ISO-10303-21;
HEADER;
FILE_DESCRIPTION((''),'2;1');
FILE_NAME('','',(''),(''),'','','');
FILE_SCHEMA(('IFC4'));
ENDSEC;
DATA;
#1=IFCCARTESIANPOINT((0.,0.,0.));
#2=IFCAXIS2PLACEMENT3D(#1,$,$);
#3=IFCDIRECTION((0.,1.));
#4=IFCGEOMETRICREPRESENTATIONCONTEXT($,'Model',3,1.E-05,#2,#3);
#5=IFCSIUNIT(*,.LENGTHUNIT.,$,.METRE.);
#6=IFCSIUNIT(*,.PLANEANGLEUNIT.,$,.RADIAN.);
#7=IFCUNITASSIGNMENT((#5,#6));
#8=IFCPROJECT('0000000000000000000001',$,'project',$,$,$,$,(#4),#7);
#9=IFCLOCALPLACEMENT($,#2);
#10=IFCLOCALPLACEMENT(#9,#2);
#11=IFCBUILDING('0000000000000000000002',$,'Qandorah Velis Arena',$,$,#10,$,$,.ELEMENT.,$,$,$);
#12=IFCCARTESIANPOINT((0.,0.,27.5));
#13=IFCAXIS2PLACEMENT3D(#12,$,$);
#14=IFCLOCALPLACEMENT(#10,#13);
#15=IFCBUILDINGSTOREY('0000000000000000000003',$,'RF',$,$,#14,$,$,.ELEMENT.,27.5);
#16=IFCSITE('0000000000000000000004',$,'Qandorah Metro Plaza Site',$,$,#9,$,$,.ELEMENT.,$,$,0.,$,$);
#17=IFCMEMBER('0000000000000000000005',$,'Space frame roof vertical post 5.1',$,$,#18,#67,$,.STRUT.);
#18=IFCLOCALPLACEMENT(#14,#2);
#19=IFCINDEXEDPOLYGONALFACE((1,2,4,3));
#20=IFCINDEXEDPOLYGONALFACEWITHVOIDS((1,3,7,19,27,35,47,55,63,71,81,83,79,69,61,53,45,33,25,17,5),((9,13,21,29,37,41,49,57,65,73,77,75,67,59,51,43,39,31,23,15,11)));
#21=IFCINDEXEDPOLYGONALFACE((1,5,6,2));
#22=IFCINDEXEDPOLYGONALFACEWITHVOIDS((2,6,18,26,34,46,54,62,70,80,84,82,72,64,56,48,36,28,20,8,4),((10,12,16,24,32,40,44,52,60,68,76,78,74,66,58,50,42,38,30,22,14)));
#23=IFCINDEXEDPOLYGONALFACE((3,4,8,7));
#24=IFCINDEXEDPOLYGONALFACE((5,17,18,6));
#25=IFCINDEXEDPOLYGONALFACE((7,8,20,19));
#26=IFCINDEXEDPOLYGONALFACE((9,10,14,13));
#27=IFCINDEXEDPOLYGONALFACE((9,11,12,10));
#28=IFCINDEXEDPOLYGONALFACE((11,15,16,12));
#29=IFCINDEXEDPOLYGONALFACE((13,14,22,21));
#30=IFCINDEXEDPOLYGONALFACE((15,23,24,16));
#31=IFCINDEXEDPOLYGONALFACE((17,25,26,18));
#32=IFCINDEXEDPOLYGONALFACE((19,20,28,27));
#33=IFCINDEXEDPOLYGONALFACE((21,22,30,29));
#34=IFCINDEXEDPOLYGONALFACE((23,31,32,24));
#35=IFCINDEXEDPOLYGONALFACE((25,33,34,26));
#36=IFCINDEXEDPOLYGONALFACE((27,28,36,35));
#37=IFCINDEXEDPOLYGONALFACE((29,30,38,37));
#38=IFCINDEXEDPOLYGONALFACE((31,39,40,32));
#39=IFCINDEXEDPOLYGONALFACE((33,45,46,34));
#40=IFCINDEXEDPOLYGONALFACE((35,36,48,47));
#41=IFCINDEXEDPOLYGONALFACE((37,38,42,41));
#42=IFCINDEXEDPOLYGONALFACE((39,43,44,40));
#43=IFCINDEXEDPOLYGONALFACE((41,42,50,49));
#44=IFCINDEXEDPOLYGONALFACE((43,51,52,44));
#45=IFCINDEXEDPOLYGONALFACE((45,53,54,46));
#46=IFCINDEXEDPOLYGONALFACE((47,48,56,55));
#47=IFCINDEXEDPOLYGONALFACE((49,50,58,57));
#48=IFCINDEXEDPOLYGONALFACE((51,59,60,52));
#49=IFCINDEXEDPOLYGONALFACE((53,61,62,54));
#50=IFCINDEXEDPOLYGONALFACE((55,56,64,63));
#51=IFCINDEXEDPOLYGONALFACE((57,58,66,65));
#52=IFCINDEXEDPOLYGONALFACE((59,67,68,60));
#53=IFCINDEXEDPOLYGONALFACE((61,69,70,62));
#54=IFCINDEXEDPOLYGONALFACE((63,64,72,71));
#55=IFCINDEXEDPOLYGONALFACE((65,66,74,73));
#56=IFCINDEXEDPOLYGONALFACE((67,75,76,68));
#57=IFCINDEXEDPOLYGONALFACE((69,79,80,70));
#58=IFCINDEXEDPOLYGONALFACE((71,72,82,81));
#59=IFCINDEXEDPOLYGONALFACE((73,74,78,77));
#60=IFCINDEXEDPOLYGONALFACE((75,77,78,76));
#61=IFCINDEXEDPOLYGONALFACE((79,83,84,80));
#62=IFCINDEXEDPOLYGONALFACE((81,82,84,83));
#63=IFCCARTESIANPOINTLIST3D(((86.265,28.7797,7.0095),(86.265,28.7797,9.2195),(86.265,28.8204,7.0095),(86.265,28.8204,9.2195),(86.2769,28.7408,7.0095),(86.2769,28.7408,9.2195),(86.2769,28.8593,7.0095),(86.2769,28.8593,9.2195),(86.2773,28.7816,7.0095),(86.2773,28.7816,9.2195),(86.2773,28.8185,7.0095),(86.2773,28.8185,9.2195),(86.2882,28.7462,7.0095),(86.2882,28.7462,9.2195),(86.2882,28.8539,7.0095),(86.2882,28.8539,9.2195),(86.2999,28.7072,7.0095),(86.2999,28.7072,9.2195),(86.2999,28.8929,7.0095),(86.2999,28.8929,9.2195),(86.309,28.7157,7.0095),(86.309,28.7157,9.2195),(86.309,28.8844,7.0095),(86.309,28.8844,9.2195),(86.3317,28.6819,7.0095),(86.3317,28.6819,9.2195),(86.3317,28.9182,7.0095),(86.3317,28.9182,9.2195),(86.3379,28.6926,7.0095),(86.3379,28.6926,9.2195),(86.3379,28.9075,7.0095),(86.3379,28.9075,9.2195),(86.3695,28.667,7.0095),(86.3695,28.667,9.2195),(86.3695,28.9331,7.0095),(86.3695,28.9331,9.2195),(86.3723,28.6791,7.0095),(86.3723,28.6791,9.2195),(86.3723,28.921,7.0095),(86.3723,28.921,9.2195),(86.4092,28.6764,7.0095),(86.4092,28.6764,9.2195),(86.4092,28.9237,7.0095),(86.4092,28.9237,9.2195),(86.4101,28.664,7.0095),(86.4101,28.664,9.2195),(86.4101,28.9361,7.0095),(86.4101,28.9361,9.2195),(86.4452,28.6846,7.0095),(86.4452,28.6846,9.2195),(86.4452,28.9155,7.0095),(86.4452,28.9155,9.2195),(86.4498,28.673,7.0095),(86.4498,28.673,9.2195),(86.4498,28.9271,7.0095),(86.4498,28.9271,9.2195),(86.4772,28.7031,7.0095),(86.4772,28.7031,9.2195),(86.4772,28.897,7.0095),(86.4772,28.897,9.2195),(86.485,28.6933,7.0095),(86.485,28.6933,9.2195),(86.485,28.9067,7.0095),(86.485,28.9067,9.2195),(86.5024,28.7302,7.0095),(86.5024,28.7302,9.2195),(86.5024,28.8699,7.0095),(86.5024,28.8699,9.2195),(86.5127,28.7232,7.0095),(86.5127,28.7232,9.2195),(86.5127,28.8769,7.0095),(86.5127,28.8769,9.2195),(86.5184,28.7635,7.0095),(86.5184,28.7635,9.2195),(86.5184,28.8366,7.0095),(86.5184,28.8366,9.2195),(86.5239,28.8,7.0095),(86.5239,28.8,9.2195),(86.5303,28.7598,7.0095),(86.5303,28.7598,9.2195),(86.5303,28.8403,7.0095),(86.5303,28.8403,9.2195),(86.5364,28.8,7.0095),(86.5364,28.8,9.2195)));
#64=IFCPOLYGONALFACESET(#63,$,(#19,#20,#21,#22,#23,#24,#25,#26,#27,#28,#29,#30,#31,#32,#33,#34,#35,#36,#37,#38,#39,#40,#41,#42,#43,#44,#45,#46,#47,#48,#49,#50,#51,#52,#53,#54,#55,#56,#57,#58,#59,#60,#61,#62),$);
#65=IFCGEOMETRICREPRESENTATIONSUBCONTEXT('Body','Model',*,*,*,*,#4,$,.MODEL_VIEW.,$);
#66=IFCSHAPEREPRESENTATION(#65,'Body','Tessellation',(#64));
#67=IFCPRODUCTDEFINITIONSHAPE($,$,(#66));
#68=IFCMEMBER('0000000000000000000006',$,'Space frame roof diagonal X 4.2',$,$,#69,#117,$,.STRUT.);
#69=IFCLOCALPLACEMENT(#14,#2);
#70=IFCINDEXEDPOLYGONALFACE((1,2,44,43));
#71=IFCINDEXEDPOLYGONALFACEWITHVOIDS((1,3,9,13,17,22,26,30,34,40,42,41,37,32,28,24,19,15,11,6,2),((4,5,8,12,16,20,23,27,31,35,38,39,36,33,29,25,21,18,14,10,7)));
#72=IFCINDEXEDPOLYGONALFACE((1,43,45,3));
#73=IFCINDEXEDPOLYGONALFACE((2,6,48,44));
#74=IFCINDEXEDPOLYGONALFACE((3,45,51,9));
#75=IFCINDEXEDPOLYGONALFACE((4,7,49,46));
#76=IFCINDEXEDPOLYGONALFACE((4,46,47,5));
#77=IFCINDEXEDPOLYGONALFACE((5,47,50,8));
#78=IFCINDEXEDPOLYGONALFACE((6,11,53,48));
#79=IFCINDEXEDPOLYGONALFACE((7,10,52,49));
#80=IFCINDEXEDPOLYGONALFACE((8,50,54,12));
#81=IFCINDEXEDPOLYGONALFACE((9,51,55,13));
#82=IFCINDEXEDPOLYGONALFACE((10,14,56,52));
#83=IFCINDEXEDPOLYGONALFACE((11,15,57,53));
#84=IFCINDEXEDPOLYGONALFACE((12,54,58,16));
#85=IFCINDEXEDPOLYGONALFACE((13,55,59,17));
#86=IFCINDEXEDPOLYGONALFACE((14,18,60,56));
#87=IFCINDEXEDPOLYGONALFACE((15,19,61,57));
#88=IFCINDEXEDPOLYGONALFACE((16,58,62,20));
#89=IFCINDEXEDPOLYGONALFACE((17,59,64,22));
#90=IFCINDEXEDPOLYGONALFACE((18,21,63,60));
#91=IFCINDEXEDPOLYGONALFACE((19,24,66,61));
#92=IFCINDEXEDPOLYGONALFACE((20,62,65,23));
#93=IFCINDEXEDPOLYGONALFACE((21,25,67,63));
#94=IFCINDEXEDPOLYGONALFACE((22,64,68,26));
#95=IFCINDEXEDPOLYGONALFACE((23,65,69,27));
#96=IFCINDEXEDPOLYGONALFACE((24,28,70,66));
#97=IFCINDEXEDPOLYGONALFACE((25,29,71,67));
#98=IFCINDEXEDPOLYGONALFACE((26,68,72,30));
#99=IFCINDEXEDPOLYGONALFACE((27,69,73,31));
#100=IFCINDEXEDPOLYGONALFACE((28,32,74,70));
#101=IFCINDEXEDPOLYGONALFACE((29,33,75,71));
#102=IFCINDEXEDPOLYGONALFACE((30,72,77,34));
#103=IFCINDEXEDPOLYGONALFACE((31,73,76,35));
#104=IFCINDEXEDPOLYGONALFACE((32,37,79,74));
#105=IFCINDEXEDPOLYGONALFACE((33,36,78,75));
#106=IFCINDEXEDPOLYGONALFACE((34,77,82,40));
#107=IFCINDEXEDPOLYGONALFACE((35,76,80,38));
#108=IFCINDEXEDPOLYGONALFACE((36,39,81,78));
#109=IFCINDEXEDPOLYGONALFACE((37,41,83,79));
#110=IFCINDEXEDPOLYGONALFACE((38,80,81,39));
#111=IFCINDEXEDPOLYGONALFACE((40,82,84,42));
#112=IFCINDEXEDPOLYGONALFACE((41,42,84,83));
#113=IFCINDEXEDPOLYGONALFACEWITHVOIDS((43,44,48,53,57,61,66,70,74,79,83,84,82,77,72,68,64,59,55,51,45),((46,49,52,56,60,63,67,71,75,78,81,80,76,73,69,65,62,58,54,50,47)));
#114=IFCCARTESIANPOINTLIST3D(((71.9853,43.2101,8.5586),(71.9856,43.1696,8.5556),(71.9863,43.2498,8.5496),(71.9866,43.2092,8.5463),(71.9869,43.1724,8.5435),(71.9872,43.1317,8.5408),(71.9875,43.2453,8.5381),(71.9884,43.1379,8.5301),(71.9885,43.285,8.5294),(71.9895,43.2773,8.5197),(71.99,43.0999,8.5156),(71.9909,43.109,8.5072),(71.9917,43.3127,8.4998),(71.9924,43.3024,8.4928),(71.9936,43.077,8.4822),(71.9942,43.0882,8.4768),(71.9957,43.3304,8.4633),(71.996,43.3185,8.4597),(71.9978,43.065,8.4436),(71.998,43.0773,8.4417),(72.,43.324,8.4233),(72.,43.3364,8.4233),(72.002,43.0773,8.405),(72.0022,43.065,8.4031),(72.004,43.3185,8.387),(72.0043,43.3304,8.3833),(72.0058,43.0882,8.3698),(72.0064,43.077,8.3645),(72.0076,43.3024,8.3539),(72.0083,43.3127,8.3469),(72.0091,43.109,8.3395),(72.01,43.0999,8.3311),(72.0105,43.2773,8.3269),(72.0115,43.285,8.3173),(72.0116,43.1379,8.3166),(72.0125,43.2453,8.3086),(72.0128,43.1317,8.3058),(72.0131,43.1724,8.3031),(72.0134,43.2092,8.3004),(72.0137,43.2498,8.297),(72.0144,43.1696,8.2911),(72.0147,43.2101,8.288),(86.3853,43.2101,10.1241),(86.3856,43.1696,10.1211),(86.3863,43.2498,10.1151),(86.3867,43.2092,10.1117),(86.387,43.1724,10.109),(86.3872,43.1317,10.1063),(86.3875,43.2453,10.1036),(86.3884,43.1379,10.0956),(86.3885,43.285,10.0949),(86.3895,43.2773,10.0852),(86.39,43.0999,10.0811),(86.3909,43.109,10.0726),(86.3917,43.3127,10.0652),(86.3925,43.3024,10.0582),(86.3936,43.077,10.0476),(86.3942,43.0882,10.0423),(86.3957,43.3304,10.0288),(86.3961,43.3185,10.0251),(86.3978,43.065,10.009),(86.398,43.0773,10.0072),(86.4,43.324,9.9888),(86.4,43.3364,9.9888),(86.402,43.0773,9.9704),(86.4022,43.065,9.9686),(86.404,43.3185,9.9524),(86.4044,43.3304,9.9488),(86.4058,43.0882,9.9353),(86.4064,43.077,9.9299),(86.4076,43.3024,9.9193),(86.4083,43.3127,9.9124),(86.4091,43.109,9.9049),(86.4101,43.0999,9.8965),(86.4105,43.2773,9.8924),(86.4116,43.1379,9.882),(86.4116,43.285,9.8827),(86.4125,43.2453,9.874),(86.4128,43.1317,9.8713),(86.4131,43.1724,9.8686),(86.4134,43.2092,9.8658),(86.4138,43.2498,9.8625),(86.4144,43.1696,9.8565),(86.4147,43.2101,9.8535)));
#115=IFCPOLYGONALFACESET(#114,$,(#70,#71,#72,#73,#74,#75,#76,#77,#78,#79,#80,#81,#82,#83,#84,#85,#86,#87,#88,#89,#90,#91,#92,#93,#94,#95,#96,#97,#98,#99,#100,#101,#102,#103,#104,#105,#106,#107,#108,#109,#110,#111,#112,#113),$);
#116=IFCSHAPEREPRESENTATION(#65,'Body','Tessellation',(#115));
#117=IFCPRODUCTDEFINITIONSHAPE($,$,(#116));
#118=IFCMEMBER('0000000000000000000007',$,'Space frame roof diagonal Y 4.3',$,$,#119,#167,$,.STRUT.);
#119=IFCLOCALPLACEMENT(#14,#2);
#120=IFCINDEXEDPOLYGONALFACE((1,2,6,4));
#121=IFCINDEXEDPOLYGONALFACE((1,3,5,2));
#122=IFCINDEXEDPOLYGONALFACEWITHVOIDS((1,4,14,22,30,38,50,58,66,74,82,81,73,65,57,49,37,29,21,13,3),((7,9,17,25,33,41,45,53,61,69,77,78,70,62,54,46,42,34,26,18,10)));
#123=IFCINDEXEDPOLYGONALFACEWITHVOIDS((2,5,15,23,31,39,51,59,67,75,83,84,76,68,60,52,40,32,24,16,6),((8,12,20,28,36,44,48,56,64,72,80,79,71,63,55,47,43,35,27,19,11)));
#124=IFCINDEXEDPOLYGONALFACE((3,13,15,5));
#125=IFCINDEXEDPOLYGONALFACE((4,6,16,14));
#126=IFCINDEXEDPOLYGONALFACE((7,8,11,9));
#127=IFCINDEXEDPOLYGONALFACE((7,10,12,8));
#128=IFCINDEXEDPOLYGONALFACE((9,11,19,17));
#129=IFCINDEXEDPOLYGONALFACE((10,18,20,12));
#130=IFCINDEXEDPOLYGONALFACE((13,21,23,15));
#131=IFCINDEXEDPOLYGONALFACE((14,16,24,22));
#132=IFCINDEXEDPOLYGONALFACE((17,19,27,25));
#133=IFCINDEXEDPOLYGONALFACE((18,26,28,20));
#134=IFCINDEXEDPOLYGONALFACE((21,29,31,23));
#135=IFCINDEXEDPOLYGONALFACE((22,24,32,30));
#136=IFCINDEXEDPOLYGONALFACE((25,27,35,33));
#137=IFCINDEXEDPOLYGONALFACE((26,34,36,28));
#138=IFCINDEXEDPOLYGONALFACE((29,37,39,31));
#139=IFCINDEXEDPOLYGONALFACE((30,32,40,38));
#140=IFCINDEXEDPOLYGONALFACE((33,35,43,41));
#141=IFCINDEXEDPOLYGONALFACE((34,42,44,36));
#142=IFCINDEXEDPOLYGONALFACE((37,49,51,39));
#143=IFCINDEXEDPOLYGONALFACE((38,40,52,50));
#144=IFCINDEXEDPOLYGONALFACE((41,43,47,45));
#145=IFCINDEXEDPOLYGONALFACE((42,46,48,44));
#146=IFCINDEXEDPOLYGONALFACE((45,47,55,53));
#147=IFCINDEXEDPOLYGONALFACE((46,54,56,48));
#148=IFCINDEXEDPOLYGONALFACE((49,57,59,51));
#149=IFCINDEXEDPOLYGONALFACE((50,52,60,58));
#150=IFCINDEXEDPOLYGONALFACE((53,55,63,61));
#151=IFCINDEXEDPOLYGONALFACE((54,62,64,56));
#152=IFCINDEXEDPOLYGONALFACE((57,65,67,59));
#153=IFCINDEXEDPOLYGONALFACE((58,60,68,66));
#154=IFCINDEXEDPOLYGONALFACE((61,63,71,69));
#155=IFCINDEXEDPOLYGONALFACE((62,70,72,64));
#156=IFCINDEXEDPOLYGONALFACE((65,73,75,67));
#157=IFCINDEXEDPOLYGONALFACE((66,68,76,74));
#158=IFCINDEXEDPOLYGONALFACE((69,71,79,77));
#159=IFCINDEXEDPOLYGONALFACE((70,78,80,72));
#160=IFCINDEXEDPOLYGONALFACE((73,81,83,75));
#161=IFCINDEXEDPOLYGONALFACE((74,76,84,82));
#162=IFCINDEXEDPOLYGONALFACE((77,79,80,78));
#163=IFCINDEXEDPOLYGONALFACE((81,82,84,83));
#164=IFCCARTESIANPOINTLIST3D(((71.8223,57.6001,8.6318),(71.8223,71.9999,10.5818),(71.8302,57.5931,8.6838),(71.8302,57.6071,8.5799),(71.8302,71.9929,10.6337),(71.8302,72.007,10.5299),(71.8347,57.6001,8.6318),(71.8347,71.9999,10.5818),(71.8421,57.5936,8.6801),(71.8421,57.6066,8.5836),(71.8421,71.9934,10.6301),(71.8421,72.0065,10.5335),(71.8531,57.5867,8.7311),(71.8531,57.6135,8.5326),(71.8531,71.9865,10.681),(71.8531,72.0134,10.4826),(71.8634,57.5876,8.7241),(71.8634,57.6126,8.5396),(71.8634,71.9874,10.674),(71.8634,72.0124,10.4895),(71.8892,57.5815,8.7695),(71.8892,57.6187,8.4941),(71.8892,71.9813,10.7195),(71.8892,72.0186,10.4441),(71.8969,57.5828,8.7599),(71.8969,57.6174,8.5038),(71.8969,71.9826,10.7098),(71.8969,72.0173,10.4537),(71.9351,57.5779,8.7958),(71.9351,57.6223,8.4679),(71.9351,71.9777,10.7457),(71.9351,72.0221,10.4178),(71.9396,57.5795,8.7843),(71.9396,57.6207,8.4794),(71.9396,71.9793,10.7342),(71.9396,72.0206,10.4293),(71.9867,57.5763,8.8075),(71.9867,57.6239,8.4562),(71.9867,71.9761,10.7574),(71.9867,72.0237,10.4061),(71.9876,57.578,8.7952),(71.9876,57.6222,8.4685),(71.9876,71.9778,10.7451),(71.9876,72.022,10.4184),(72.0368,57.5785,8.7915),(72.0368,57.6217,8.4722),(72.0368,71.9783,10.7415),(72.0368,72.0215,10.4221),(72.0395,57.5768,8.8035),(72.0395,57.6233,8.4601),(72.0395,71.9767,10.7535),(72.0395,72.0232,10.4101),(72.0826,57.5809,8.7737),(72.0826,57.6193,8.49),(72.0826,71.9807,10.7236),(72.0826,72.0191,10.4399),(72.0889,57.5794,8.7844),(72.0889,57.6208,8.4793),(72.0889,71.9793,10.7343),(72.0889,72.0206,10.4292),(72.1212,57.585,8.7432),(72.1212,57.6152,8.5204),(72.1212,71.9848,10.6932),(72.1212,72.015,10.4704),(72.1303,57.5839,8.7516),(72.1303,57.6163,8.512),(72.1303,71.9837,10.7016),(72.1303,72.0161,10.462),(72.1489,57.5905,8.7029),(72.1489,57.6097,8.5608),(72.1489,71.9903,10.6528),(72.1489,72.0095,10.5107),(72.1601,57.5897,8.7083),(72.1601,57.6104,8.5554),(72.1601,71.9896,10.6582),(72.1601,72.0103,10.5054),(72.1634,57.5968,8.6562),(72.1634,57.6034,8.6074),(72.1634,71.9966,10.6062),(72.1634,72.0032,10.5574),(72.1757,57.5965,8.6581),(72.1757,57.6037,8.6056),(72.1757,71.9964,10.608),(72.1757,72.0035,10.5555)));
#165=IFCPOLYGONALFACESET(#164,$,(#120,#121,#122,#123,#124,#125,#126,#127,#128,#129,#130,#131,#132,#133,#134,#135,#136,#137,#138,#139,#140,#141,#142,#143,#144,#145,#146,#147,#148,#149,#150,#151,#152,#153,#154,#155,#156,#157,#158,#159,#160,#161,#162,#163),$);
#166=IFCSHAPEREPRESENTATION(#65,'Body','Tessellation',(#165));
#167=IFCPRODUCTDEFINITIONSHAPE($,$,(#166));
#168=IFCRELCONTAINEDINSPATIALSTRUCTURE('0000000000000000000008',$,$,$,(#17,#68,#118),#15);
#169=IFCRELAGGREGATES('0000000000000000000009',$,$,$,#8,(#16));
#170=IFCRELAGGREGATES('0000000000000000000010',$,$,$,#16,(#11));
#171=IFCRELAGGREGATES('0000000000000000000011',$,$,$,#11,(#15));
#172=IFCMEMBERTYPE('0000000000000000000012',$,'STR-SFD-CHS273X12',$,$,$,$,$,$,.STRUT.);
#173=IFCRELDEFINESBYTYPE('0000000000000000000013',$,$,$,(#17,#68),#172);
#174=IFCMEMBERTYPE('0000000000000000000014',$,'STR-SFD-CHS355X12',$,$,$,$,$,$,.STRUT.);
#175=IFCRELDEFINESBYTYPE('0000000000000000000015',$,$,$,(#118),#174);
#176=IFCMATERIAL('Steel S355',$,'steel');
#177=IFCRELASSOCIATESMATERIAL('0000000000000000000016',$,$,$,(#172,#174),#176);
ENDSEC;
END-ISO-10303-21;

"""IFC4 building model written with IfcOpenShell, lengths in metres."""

from ifc_helpers import new_model, si_unit, direction, frame, origin, origin_2d, place, context, subcontext, project, spatial, hollow_circle, extrude, material, material_profile, profile_set, type_object, element, save


model = new_model("IFC4")

# Units and contexts
model_context = context("Model", 3, precision=1e-05, world=origin(), true_north=direction((0.0, 1.0)))
body_context = subcontext(model_context, "Body", "Model", "MODEL_VIEW")
ifc_project = project(units=[si_unit("LENGTHUNIT", "METRE"), si_unit("PLANEANGLEUNIT", "RADIAN")], contexts=[model_context])

# Site, building, storey
site_placement = place(None, origin())
site = spatial("IfcSite", under=ifc_project, at=site_placement, Name="Qandorah Metro Plaza Site", CompositionType="ELEMENT", RefElevation=0.0)
building_placement = place(site_placement, origin())
building = spatial("IfcBuilding", under=site, at=building_placement, Name="Qandorah Velis Arena", CompositionType="ELEMENT")
storey_placement = place(building_placement, frame((0.0, 0.0, 27.5)))
storey = spatial("IfcBuildingStorey", under=building, at=storey_placement, Name="RF", CompositionType="ELEMENT", Elevation=27.5)

# Shared definitions
ifc_material_1 = material(Name="Steel S355", Category="steel")

# Members
ifc_material_profile_1 = material_profile(ifc_material_1, hollow_circle(Radius=0.1365, WallThickness=0.0125, at=origin_2d()), Name="CHS 273x12.5")
ifc_profile_set_1 = profile_set([ifc_material_profile_1], Name="Steel S355")
member_type_1 = type_object("IfcMemberType", Name="STR-SFD-CHS273X12", PredefinedType="STRUT", material=ifc_profile_set_1)
for number, where, z_axis, x_axis, name in (
    (1, (86.3999, 28.8, 7.0095), (0.0, 0.0, 1.0), (1.0, 0.0, 0.0), "Space frame roof vertical post 5.1"),
):
    element("IfcMember", number, at=place(storey_placement, frame(where, z_axis=z_axis, x_axis=x_axis)), inside=storey, type_object=member_type_1, Name=name, PredefinedType="STRUT", context=body_context, shape_type="SweptSolid", body=[
        extrude(hollow_circle(Radius=0.1365, WallThickness=0.0125, at=origin_2d()), origin(), (0.0, 0.0, 1.0), 2.21),
    ])
member_1_placement = place(storey_placement, frame((72.0, 43.2, 8.4233), z_axis=(0.994143, 0.0, 0.108074), x_axis=(0.0, 1.0, 0.0)))
element("IfcMember", 2, at=member_1_placement, inside=storey, type_object=member_type_1, Name="Space frame roof diagonal X 4.2", PredefinedType="STRUT", context=body_context, shape_type="SweptSolid", body=[
    extrude(hollow_circle(Radius=0.1365, WallThickness=0.0125, at=origin_2d()), origin(), (0.0, 0.0, 1.0), 14.4849),
])
ifc_material_profile_2 = material_profile(ifc_material_1, hollow_circle(Radius=0.1777, WallThickness=0.0125, at=origin_2d()), Name="CHS 355.6x12.5")
ifc_profile_set_2 = profile_set([ifc_material_profile_2], Name="Steel S355")
member_type_2 = type_object("IfcMemberType", Name="STR-SFD-CHS355X12", PredefinedType="STRUT", material=ifc_profile_set_2)
member_2_placement = place(storey_placement, frame((72.0, 57.6001, 8.6318), z_axis=(0.0, 0.990956, 0.134189), x_axis=(-1.0, 0.0, 0.0)))
element("IfcMember", 3, at=member_2_placement, inside=storey, type_object=member_type_2, Name="Space frame roof diagonal Y 4.3", PredefinedType="STRUT", context=body_context, shape_type="SweptSolid", body=[
    extrude(hollow_circle(Radius=0.1777, WallThickness=0.0125, at=origin_2d()), origin(), (0.0, 0.0, 1.0), 14.5312),
])

save(model, "model.ifc")
